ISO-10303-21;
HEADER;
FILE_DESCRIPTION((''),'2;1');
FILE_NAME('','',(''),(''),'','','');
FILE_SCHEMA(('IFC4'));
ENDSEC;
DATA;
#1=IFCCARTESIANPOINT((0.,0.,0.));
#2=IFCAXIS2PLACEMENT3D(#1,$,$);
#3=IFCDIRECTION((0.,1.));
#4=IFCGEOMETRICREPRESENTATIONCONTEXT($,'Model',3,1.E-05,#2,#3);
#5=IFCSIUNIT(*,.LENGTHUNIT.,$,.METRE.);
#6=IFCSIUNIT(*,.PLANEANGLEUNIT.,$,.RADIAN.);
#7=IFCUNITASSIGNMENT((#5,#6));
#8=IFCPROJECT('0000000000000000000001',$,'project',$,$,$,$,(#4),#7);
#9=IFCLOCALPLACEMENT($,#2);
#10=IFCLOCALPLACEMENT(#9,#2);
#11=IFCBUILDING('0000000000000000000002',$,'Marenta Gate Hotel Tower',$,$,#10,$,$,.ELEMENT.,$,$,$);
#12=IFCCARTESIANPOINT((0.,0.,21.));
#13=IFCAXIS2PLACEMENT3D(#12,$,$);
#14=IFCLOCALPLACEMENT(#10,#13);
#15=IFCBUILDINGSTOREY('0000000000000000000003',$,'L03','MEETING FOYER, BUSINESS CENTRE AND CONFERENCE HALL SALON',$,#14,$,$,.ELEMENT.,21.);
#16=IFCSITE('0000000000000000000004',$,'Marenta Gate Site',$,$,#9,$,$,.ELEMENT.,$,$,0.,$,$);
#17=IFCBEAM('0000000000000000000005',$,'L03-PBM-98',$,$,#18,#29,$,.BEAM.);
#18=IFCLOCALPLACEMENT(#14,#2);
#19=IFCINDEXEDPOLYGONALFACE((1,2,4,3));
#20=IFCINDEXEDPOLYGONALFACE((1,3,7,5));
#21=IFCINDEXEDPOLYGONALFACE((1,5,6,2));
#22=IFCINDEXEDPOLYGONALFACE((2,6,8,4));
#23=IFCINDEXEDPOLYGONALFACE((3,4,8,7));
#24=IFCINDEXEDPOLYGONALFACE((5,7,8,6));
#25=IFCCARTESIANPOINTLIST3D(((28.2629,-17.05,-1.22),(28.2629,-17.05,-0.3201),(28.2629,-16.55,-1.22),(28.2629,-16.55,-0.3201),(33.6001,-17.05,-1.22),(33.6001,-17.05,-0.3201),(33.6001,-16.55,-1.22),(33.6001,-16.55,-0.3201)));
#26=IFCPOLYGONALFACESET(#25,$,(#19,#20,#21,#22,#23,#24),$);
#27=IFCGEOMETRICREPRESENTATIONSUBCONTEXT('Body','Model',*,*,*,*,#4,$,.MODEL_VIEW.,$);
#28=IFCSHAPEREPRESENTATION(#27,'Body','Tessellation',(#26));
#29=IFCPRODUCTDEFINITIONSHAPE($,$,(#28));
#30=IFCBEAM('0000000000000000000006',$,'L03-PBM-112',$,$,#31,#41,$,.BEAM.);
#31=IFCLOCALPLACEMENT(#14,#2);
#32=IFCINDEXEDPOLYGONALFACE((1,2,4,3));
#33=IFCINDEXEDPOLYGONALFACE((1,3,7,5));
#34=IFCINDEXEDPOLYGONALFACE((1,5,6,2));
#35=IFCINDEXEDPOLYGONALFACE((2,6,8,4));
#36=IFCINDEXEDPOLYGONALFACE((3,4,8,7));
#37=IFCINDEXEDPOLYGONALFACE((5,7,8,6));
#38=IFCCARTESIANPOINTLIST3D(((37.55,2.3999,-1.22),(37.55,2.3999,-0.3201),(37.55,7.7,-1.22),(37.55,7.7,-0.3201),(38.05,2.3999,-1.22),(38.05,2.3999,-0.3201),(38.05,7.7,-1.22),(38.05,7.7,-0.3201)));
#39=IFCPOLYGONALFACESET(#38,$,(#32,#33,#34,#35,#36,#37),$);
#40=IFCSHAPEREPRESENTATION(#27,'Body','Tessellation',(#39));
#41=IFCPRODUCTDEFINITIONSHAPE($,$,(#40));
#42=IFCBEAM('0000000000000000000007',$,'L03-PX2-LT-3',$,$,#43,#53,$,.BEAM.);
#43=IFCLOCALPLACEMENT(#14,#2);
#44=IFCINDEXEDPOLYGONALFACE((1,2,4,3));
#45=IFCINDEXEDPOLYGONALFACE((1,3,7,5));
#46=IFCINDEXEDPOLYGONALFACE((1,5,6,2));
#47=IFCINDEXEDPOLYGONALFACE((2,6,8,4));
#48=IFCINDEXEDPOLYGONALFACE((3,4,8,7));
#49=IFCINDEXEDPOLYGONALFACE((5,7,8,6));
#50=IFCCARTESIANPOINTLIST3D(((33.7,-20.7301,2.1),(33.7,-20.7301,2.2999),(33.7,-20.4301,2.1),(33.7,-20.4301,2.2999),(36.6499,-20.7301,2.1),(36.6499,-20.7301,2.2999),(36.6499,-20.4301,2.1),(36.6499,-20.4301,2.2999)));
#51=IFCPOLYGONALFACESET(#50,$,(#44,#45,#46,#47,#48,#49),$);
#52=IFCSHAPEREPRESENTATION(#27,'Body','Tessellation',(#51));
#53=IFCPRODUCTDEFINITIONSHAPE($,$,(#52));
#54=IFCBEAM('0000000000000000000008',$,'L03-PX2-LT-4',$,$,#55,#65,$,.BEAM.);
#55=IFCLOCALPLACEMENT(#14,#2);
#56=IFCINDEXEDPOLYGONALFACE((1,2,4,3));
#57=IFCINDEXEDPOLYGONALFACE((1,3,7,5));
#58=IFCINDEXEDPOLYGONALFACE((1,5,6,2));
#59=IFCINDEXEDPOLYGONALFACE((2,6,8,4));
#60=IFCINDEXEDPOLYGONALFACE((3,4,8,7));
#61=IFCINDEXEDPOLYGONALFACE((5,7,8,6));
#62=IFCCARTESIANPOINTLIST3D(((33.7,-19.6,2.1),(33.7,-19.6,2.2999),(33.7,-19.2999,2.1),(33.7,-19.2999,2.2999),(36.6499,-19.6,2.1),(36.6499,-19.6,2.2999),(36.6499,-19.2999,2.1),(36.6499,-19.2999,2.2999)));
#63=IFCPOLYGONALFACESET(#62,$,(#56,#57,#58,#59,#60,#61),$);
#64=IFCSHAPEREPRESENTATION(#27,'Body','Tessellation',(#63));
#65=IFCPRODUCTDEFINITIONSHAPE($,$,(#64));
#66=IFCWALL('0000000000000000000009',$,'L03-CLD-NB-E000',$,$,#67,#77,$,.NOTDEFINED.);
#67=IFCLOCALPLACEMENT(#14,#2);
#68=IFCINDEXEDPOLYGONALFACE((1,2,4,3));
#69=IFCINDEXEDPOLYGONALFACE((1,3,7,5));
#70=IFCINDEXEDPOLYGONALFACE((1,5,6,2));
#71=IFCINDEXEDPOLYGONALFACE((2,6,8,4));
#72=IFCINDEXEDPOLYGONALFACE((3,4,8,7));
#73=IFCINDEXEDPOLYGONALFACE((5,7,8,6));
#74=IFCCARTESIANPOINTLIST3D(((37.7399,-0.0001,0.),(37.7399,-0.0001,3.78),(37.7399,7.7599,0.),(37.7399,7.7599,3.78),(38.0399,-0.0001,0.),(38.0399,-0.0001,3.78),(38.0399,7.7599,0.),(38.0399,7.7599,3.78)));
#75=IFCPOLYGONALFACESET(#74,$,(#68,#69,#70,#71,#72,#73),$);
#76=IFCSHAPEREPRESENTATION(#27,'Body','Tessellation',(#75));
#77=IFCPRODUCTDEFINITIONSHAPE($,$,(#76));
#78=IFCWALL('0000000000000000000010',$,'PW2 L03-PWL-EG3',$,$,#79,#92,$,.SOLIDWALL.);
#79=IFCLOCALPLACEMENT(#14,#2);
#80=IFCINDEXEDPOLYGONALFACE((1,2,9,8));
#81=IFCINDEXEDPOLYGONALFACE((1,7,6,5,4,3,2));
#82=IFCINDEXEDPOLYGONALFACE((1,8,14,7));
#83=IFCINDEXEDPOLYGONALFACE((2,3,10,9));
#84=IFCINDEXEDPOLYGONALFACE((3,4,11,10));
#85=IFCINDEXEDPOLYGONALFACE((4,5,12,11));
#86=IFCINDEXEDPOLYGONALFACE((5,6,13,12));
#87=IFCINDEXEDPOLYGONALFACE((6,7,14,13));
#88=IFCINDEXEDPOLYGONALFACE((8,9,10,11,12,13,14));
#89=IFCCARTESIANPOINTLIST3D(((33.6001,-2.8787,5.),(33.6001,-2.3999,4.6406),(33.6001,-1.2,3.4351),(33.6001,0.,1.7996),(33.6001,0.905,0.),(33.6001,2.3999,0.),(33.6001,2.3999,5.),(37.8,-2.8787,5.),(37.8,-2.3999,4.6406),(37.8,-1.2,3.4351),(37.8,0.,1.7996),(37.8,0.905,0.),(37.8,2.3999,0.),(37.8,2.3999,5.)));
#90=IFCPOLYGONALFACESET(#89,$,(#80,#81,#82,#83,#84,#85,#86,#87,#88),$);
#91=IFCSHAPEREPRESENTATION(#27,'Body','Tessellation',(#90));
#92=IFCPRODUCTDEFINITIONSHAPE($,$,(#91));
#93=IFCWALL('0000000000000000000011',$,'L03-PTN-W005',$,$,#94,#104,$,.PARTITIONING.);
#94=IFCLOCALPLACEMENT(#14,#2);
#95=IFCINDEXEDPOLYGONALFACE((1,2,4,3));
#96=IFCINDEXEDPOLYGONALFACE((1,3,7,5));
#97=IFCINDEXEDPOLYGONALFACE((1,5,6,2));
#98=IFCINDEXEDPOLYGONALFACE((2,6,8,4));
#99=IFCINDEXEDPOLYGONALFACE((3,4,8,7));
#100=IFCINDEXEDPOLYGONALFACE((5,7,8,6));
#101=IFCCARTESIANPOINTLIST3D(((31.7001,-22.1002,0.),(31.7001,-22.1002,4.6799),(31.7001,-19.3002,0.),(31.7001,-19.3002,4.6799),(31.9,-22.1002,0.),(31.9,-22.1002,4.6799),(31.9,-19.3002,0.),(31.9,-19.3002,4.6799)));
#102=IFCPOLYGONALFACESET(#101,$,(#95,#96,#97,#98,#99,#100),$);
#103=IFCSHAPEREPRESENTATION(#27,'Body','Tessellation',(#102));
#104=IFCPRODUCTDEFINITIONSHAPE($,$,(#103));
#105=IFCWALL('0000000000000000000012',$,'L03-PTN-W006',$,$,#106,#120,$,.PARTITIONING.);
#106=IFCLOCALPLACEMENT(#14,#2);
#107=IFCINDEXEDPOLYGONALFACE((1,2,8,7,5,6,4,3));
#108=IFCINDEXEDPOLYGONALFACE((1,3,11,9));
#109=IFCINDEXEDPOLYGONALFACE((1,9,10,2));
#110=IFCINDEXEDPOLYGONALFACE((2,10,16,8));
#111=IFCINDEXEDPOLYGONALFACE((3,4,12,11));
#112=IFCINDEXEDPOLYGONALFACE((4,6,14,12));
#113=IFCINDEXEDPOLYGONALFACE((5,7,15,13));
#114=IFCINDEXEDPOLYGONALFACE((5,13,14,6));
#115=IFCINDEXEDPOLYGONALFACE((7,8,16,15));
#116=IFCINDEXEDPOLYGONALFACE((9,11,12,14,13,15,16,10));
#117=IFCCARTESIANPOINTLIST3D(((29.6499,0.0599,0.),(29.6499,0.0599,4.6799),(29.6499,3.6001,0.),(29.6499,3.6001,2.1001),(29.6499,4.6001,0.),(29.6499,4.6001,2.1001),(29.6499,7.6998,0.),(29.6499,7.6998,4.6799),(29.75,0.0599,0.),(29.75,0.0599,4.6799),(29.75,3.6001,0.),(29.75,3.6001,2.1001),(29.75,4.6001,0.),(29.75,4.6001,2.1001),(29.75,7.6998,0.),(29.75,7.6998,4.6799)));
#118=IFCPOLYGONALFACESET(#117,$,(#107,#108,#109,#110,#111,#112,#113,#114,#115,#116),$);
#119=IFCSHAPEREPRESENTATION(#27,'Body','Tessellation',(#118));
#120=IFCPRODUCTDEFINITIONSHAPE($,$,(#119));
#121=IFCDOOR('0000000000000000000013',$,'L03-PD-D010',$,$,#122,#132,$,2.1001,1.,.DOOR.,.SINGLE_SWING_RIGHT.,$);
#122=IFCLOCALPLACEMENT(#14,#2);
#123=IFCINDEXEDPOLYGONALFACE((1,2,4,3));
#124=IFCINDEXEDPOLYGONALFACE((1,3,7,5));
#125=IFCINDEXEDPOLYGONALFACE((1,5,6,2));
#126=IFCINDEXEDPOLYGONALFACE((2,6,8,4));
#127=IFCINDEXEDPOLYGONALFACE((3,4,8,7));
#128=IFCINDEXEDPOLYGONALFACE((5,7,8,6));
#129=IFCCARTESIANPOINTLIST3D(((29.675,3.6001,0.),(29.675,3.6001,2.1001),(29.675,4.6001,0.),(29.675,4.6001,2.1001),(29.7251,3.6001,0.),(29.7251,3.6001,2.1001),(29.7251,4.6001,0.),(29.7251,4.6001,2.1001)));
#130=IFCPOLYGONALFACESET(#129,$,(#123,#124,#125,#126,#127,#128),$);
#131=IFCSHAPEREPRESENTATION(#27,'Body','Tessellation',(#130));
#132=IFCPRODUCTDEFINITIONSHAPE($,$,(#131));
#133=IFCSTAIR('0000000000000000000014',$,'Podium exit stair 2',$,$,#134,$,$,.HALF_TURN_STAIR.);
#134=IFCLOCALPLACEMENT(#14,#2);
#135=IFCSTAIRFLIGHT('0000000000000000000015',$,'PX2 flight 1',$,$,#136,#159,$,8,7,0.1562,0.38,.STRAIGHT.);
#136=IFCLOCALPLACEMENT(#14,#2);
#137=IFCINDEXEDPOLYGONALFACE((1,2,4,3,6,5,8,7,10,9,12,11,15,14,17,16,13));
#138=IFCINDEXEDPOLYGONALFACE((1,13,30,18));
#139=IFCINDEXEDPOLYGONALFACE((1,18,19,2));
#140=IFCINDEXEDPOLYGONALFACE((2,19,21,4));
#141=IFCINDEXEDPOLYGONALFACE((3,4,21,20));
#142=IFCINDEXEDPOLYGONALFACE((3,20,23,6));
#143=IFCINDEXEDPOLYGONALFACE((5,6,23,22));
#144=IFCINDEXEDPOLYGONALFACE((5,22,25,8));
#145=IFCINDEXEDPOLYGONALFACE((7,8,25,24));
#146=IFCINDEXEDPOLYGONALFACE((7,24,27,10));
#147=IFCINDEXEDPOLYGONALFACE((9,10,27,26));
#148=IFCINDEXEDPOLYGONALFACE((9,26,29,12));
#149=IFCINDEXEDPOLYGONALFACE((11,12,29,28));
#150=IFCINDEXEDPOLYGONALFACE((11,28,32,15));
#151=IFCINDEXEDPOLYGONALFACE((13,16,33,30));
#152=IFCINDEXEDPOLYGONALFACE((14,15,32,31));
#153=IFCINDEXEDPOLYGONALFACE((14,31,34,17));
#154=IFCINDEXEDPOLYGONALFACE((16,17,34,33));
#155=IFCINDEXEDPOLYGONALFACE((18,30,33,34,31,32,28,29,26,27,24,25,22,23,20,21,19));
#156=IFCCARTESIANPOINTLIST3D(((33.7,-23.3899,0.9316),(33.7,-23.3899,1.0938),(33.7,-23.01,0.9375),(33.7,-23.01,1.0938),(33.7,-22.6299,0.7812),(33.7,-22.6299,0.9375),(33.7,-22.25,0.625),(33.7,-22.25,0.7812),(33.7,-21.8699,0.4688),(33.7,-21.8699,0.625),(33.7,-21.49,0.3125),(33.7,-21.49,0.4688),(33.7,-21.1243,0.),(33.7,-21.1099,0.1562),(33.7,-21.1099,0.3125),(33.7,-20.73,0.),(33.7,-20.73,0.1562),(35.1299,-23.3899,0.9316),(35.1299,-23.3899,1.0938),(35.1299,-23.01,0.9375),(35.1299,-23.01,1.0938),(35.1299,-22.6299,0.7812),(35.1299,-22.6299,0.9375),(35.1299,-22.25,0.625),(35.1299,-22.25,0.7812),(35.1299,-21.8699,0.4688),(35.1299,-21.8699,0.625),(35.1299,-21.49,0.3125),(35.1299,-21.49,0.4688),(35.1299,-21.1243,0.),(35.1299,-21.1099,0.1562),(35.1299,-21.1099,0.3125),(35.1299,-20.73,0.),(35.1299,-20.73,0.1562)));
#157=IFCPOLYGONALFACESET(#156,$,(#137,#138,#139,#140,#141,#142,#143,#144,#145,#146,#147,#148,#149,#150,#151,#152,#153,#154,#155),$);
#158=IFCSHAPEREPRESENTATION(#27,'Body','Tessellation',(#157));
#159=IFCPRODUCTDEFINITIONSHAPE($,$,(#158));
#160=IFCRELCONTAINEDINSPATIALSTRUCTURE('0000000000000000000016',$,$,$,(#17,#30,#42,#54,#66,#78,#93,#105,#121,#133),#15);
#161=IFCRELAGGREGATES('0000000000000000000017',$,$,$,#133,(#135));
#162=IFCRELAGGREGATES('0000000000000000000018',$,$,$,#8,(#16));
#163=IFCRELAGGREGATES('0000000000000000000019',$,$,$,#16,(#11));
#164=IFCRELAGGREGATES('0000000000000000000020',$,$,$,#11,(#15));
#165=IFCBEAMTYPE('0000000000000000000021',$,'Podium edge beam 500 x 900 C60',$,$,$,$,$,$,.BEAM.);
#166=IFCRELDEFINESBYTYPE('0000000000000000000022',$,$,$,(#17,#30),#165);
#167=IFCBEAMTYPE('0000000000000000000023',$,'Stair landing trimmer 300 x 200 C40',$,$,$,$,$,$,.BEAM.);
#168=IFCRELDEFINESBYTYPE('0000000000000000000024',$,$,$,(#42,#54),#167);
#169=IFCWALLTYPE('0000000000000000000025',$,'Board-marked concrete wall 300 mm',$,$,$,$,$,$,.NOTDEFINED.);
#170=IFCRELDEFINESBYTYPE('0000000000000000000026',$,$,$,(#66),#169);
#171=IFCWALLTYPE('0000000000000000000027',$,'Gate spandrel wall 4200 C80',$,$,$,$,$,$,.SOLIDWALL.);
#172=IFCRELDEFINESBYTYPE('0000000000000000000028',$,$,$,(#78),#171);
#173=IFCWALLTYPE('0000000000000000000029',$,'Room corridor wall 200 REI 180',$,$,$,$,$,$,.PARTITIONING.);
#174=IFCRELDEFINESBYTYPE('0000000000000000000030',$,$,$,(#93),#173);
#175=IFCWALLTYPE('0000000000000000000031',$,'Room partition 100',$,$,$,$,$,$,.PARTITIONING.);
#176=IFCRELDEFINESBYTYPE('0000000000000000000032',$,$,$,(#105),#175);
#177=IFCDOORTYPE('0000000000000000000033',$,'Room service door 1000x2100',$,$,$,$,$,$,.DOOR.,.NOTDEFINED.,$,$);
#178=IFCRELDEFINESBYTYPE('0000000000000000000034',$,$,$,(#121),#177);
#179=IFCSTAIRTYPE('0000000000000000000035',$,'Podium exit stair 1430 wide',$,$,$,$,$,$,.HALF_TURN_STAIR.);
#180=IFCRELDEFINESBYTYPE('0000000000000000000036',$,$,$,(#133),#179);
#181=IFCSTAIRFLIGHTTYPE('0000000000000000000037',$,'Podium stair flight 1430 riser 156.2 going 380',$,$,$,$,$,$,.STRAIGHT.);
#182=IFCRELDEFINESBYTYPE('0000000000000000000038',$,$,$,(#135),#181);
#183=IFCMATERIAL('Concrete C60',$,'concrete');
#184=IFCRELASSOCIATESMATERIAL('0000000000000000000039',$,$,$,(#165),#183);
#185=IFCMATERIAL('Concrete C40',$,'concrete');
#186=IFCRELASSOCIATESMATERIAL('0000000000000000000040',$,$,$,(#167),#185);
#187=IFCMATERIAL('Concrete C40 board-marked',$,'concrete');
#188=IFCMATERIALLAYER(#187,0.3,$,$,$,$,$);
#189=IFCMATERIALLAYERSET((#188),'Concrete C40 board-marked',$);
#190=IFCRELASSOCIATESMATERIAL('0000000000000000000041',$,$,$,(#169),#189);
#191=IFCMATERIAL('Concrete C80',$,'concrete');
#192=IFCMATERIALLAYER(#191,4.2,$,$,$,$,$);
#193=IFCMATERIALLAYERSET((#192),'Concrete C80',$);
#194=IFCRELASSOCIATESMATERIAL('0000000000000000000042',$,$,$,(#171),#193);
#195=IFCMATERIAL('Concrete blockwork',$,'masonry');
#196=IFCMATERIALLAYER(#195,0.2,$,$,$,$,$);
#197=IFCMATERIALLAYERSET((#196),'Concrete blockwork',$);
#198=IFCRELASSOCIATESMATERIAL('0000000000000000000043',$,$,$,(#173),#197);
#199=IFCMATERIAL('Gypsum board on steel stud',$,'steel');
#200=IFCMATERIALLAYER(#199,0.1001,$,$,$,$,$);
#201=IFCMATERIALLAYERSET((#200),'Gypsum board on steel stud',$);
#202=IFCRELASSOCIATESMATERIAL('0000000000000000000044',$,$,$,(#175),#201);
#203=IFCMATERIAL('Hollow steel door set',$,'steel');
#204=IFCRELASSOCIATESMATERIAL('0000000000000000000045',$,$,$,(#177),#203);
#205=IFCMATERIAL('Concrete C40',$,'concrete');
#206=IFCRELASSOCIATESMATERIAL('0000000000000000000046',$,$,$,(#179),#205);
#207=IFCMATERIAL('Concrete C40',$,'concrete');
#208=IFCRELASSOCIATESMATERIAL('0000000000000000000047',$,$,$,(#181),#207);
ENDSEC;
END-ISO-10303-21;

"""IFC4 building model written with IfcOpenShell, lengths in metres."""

from ifc_helpers import new_model, si_unit, direction, frame, frame_2d, origin, origin_2d, place, context, subcontext, project, spatial, polyline, rectangle, outline, extrude, material, layer, layer_set, material_profile, profile_set, type_object, element, fill, aggregate, save


model = new_model("IFC4")

# Units and contexts
model_context = context("Model", 3, precision=1e-05, world=origin(), true_north=direction((0.0, 1.0)))
body_context = subcontext(model_context, "Body", "Model", "MODEL_VIEW")
ifc_project = project(units=[si_unit("LENGTHUNIT", "METRE"), si_unit("PLANEANGLEUNIT", "RADIAN")], contexts=[model_context])

# Site, building, storey
site_placement = place(None, origin())
site = spatial("IfcSite", under=ifc_project, at=site_placement, Name="Marenta Gate Site", CompositionType="ELEMENT", RefElevation=0.0)
building_placement = place(site_placement, origin())
building = spatial("IfcBuilding", under=site, at=building_placement, Name="Marenta Gate Hotel Tower", CompositionType="ELEMENT")
storey_placement = place(building_placement, frame((0.0, 0.0, 21.0)))
storey = spatial("IfcBuildingStorey", under=building, at=storey_placement, Name="L03", Description="MEETING FOYER, BUSINESS CENTRE AND CONFERENCE HALL SALON", CompositionType="ELEMENT", Elevation=21.0)

# Beams
ifc_material_1 = material(Name="Concrete C60", Category="concrete")
ifc_material_profile_1 = material_profile(ifc_material_1, rectangle(XDim=0.5, YDim=0.8999, at=origin_2d()), Name="500 x 900")
ifc_profile_set_1 = profile_set([ifc_material_profile_1], Name="Concrete C60")
beam_type_1 = type_object("IfcBeamType", Name="Podium edge beam 500 x 900 C60", PredefinedType="BEAM", material=ifc_profile_set_1)
beam_1_placement = place(storey_placement, frame((33.6001, -16.8, -0.77), z_axis=(-1.0, 0.0, 0.0), x_axis=(0.0, -1.0, 0.0)))
element("IfcBeam", 1, at=beam_1_placement, inside=storey, type_object=beam_type_1, Name="L03-PBM-98", PredefinedType="BEAM", context=body_context, shape_type="SweptSolid", body=[
    extrude(rectangle(XDim=0.5, YDim=0.8999, at=origin_2d()), origin(), (0.0, 0.0, 1.0), 5.3372),
])
beam_2_placement = place(storey_placement, frame((37.8, 2.3999, -0.77), z_axis=(0.0, 1.0, 0.0), x_axis=(-1.0, 0.0, 0.0)))
element("IfcBeam", 2, at=beam_2_placement, inside=storey, type_object=beam_type_1, Name="L03-PBM-112", PredefinedType="BEAM", context=body_context, shape_type="SweptSolid", body=[
    extrude(rectangle(XDim=0.5, YDim=0.8999, at=origin_2d()), origin(), (0.0, 0.0, 1.0), 5.3),
])
ifc_material_2 = material(Name="Concrete C40", Category="concrete")
ifc_material_profile_2 = material_profile(ifc_material_2, rectangle(XDim=0.3, YDim=0.2, at=origin_2d()), Name="300 x 200")
ifc_profile_set_2 = profile_set([ifc_material_profile_2], Name="Concrete C40")
beam_type_2 = type_object("IfcBeamType", Name="Stair landing trimmer 300 x 200 C40", PredefinedType="BEAM", material=ifc_profile_set_2)
for number, where, z_axis, x_axis, name in (
    (3, (33.7, -20.5801, 2.2), (1.0, 0.0, 0.0), (0.0, 1.0, 0.0), "L03-PX2-LT-3"),
    (4, (33.7, -19.45, 2.2), (1.0, 0.0, 0.0), (0.0, 1.0, 0.0), "L03-PX2-LT-4"),
):
    element("IfcBeam", number, at=place(storey_placement, frame(where, z_axis=z_axis, x_axis=x_axis)), inside=storey, type_object=beam_type_2, Name=name, PredefinedType="BEAM", context=body_context, shape_type="SweptSolid", body=[
        extrude(rectangle(XDim=0.3, YDim=0.2, at=origin_2d()), origin(), (0.0, 0.0, 1.0), 2.95),
    ])

# Shared definitions
ifc_material_3 = material(Name="Concrete C40 board-marked", Category="concrete")
ifc_layer_1 = layer(ifc_material_3, 0.3)
ifc_layer_set_1 = layer_set([ifc_layer_1], Name="Concrete C40 board-marked")
wall_type_1 = type_object("IfcWallType", Name="Board-marked concrete wall 300 mm", PredefinedType="NOTDEFINED", material=ifc_layer_set_1)

# Walls
wall_1_placement = place(storey_placement, frame((37.8899, 0.0, 0.0), z_axis=(0.0, 0.0, 1.0), x_axis=(0.0, 1.0, 0.0)))
element("IfcWall", 5, at=wall_1_placement, inside=storey, type_object=wall_type_1, Name="L03-CLD-NB-E000", PredefinedType="NOTDEFINED", context=body_context, shape_type="SweptSolid", body=[
    extrude(rectangle(XDim=7.76, YDim=0.3, at=frame_2d((3.8799, 0.0))), origin(), (0.0, 0.0, 1.0), 3.78),
])
ifc_material_4 = material(Name="Concrete C80", Category="concrete")
ifc_layer_2 = layer(ifc_material_4, 4.2)
ifc_layer_set_2 = layer_set([ifc_layer_2], Name="Concrete C80")
wall_type_2 = type_object("IfcWallType", Name="Gate spandrel wall 4200 C80", PredefinedType="SOLIDWALL", material=ifc_layer_set_2)
wall_2_placement = place(storey_placement, frame((37.8, 2.3999, 0.0), z_axis=(1.0, 0.0, 0.0), x_axis=(0.0, 0.0, 1.0)))
element("IfcWall", 6, at=wall_2_placement, inside=storey, type_object=wall_type_2, Name="PW2 L03-PWL-EG3", PredefinedType="SOLIDWALL", context=body_context, shape_type="SweptSolid", body=[
    extrude(outline(polyline([(0.0, 0.0), (5.0, 0.0), (5.0, 5.2786), (4.6406, 4.7998), (3.4351, 3.5999), (1.7996, 2.3999), (0.0, 1.4949), (0.0, 0.0)])), origin(), (0.0, 0.0, -1.0), 4.2),
])
ifc_material_5 = material(Name="Concrete blockwork", Category="masonry")
ifc_layer_3 = layer(ifc_material_5, 0.2)
ifc_layer_set_3 = layer_set([ifc_layer_3], Name="Concrete blockwork")
wall_type_3 = type_object("IfcWallType", Name="Room corridor wall 200 REI 180", PredefinedType="PARTITIONING", material=ifc_layer_set_3)
wall_3_placement = place(storey_placement, frame((31.8, -22.1001, 0.0), z_axis=(0.0, 0.0, 1.0), x_axis=(0.0, 1.0, 0.0)))
element("IfcWall", 7, at=wall_3_placement, inside=storey, type_object=wall_type_3, Name="L03-PTN-W005", PredefinedType="PARTITIONING", context=body_context, shape_type="SweptSolid", body=[
    extrude(rectangle(XDim=2.8, YDim=0.2, at=frame_2d((1.3999, 0.0))), origin(), (0.0, 0.0, 1.0), 4.6799),
])

# Wall, opening, door
ifc_material_6 = material(Name="Gypsum board on steel stud", Category="steel")
ifc_layer_4 = layer(ifc_material_6, 0.1001)
ifc_layer_set_4 = layer_set([ifc_layer_4], Name="Gypsum board on steel stud")
wall_type_4 = type_object("IfcWallType", Name="Room partition 100", PredefinedType="PARTITIONING", material=ifc_layer_set_4)
wall_4_placement = place(storey_placement, frame((29.7, 0.0601, 0.0), z_axis=(0.0, 0.0, 1.0), x_axis=(0.0, 1.0, 0.0)))
wall_4 = element("IfcWall", 8, at=wall_4_placement, inside=storey, type_object=wall_type_4, Name="L03-PTN-W006", PredefinedType="PARTITIONING", context=body_context, shape_type="SweptSolid", body=[
    extrude(rectangle(XDim=7.6399, YDim=0.1001, at=frame_2d((3.8198, 0.0))), origin(), (0.0, 0.0, 1.0), 4.6799),
])
opening_1_placement = place(wall_4_placement, frame((3.54, 0.0, 0.0)))
opening_1 = element("IfcOpeningElement", 9, at=opening_1_placement, cuts=wall_4, PredefinedType="OPENING", context=body_context, shape_type="SweptSolid", body=[
    extrude(rectangle(XDim=1.0, YDim=2.1001, at=frame_2d((0.5, 1.05))), frame((0.0, 0.05, 0.0), z_axis=(0.0, -1.0, 0.0), x_axis=(1.0, 0.0, 0.0)), (0.0, 0.0, 1.0), 0.1001),
])
ifc_material_7 = material(Name="Hollow steel door set", Category="steel")
door_type_1 = type_object("IfcDoorType", Name="Room service door 1000x2100", OperationType="NOTDEFINED", PredefinedType="DOOR", material=ifc_material_7)
door_1_placement = place(opening_1_placement, origin())
door_1 = element("IfcDoor", 10, at=door_1_placement, inside=storey, type_object=door_type_1, Name="L03-PD-D010", OperationType="SINGLE_SWING_RIGHT", OverallHeight=2.1001, OverallWidth=1.0, PredefinedType="DOOR", context=body_context, shape_type="SweptSolid", body=[
    extrude(rectangle(XDim=1.0, YDim=2.1001, at=frame_2d((0.5, 1.05))), frame((0.0, 0.0249, 0.0), z_axis=(0.0, -1.0, 0.0), x_axis=(1.0, 0.0, 0.0)), (0.0, 0.0, 1.0), 0.05),
])
fill(opening_1, door_1)

# Stair, stair flight
ifc_material_8 = material(Name="Concrete C40", Category="concrete")
stair_type = type_object("IfcStairType", Name="Podium exit stair 1430 wide", PredefinedType="HALF_TURN_STAIR", material=ifc_material_8)
stair_placement = place(storey_placement, origin())
stair = element("IfcStair", 11, at=stair_placement, inside=storey, type_object=stair_type, Name="Podium exit stair 2", PredefinedType="HALF_TURN_STAIR")
ifc_material_9 = material(Name="Concrete C40", Category="concrete")
stair_flight_type = type_object("IfcStairFlightType", Name="Podium stair flight 1430 riser 156.2 going 380", PredefinedType="STRAIGHT", material=ifc_material_9)
stair_flight_1_placement = place(storey_placement, frame((34.415, -20.73, 0.0), z_axis=(0.0, 0.0, 1.0), x_axis=(0.0, -1.0, 0.0)))
stair_flight_1 = element("IfcStairFlight", 12, at=stair_flight_1_placement, type_object=stair_flight_type, Name="PX2 flight 1", NumberOfRisers=8, NumberOfTreads=7, PredefinedType="STRAIGHT", RiserHeight=0.1562, TreadLength=0.38, context=body_context, shape_type="SweptSolid", body=[
    extrude(outline(polyline([(0.0, 0.0), (0.0, 0.1562), (0.3799, 0.1562), (0.3799, 0.3125), (0.76, 0.3125), (0.76, 0.4688), (1.1399, 0.4688), (1.1399, 0.625), (1.52, 0.625), (1.52, 0.7812), (1.8999, 0.7812), (1.8999, 0.9375), (2.28, 0.9375), (2.28, 1.0938), (2.6599, 1.0938), (2.6599, 1.25), (2.6599, 0.9316), (0.3943, 0.0), (0.0, 0.0)])), frame((0.0, 0.7148, 0.0), z_axis=(0.0, -1.0, 0.0), x_axis=(1.0, 0.0, 0.0)), (0.0, 0.0, 1.0), 1.4299),
])
aggregate(stair, [stair_flight_1])

save(model, "model.ifc")
